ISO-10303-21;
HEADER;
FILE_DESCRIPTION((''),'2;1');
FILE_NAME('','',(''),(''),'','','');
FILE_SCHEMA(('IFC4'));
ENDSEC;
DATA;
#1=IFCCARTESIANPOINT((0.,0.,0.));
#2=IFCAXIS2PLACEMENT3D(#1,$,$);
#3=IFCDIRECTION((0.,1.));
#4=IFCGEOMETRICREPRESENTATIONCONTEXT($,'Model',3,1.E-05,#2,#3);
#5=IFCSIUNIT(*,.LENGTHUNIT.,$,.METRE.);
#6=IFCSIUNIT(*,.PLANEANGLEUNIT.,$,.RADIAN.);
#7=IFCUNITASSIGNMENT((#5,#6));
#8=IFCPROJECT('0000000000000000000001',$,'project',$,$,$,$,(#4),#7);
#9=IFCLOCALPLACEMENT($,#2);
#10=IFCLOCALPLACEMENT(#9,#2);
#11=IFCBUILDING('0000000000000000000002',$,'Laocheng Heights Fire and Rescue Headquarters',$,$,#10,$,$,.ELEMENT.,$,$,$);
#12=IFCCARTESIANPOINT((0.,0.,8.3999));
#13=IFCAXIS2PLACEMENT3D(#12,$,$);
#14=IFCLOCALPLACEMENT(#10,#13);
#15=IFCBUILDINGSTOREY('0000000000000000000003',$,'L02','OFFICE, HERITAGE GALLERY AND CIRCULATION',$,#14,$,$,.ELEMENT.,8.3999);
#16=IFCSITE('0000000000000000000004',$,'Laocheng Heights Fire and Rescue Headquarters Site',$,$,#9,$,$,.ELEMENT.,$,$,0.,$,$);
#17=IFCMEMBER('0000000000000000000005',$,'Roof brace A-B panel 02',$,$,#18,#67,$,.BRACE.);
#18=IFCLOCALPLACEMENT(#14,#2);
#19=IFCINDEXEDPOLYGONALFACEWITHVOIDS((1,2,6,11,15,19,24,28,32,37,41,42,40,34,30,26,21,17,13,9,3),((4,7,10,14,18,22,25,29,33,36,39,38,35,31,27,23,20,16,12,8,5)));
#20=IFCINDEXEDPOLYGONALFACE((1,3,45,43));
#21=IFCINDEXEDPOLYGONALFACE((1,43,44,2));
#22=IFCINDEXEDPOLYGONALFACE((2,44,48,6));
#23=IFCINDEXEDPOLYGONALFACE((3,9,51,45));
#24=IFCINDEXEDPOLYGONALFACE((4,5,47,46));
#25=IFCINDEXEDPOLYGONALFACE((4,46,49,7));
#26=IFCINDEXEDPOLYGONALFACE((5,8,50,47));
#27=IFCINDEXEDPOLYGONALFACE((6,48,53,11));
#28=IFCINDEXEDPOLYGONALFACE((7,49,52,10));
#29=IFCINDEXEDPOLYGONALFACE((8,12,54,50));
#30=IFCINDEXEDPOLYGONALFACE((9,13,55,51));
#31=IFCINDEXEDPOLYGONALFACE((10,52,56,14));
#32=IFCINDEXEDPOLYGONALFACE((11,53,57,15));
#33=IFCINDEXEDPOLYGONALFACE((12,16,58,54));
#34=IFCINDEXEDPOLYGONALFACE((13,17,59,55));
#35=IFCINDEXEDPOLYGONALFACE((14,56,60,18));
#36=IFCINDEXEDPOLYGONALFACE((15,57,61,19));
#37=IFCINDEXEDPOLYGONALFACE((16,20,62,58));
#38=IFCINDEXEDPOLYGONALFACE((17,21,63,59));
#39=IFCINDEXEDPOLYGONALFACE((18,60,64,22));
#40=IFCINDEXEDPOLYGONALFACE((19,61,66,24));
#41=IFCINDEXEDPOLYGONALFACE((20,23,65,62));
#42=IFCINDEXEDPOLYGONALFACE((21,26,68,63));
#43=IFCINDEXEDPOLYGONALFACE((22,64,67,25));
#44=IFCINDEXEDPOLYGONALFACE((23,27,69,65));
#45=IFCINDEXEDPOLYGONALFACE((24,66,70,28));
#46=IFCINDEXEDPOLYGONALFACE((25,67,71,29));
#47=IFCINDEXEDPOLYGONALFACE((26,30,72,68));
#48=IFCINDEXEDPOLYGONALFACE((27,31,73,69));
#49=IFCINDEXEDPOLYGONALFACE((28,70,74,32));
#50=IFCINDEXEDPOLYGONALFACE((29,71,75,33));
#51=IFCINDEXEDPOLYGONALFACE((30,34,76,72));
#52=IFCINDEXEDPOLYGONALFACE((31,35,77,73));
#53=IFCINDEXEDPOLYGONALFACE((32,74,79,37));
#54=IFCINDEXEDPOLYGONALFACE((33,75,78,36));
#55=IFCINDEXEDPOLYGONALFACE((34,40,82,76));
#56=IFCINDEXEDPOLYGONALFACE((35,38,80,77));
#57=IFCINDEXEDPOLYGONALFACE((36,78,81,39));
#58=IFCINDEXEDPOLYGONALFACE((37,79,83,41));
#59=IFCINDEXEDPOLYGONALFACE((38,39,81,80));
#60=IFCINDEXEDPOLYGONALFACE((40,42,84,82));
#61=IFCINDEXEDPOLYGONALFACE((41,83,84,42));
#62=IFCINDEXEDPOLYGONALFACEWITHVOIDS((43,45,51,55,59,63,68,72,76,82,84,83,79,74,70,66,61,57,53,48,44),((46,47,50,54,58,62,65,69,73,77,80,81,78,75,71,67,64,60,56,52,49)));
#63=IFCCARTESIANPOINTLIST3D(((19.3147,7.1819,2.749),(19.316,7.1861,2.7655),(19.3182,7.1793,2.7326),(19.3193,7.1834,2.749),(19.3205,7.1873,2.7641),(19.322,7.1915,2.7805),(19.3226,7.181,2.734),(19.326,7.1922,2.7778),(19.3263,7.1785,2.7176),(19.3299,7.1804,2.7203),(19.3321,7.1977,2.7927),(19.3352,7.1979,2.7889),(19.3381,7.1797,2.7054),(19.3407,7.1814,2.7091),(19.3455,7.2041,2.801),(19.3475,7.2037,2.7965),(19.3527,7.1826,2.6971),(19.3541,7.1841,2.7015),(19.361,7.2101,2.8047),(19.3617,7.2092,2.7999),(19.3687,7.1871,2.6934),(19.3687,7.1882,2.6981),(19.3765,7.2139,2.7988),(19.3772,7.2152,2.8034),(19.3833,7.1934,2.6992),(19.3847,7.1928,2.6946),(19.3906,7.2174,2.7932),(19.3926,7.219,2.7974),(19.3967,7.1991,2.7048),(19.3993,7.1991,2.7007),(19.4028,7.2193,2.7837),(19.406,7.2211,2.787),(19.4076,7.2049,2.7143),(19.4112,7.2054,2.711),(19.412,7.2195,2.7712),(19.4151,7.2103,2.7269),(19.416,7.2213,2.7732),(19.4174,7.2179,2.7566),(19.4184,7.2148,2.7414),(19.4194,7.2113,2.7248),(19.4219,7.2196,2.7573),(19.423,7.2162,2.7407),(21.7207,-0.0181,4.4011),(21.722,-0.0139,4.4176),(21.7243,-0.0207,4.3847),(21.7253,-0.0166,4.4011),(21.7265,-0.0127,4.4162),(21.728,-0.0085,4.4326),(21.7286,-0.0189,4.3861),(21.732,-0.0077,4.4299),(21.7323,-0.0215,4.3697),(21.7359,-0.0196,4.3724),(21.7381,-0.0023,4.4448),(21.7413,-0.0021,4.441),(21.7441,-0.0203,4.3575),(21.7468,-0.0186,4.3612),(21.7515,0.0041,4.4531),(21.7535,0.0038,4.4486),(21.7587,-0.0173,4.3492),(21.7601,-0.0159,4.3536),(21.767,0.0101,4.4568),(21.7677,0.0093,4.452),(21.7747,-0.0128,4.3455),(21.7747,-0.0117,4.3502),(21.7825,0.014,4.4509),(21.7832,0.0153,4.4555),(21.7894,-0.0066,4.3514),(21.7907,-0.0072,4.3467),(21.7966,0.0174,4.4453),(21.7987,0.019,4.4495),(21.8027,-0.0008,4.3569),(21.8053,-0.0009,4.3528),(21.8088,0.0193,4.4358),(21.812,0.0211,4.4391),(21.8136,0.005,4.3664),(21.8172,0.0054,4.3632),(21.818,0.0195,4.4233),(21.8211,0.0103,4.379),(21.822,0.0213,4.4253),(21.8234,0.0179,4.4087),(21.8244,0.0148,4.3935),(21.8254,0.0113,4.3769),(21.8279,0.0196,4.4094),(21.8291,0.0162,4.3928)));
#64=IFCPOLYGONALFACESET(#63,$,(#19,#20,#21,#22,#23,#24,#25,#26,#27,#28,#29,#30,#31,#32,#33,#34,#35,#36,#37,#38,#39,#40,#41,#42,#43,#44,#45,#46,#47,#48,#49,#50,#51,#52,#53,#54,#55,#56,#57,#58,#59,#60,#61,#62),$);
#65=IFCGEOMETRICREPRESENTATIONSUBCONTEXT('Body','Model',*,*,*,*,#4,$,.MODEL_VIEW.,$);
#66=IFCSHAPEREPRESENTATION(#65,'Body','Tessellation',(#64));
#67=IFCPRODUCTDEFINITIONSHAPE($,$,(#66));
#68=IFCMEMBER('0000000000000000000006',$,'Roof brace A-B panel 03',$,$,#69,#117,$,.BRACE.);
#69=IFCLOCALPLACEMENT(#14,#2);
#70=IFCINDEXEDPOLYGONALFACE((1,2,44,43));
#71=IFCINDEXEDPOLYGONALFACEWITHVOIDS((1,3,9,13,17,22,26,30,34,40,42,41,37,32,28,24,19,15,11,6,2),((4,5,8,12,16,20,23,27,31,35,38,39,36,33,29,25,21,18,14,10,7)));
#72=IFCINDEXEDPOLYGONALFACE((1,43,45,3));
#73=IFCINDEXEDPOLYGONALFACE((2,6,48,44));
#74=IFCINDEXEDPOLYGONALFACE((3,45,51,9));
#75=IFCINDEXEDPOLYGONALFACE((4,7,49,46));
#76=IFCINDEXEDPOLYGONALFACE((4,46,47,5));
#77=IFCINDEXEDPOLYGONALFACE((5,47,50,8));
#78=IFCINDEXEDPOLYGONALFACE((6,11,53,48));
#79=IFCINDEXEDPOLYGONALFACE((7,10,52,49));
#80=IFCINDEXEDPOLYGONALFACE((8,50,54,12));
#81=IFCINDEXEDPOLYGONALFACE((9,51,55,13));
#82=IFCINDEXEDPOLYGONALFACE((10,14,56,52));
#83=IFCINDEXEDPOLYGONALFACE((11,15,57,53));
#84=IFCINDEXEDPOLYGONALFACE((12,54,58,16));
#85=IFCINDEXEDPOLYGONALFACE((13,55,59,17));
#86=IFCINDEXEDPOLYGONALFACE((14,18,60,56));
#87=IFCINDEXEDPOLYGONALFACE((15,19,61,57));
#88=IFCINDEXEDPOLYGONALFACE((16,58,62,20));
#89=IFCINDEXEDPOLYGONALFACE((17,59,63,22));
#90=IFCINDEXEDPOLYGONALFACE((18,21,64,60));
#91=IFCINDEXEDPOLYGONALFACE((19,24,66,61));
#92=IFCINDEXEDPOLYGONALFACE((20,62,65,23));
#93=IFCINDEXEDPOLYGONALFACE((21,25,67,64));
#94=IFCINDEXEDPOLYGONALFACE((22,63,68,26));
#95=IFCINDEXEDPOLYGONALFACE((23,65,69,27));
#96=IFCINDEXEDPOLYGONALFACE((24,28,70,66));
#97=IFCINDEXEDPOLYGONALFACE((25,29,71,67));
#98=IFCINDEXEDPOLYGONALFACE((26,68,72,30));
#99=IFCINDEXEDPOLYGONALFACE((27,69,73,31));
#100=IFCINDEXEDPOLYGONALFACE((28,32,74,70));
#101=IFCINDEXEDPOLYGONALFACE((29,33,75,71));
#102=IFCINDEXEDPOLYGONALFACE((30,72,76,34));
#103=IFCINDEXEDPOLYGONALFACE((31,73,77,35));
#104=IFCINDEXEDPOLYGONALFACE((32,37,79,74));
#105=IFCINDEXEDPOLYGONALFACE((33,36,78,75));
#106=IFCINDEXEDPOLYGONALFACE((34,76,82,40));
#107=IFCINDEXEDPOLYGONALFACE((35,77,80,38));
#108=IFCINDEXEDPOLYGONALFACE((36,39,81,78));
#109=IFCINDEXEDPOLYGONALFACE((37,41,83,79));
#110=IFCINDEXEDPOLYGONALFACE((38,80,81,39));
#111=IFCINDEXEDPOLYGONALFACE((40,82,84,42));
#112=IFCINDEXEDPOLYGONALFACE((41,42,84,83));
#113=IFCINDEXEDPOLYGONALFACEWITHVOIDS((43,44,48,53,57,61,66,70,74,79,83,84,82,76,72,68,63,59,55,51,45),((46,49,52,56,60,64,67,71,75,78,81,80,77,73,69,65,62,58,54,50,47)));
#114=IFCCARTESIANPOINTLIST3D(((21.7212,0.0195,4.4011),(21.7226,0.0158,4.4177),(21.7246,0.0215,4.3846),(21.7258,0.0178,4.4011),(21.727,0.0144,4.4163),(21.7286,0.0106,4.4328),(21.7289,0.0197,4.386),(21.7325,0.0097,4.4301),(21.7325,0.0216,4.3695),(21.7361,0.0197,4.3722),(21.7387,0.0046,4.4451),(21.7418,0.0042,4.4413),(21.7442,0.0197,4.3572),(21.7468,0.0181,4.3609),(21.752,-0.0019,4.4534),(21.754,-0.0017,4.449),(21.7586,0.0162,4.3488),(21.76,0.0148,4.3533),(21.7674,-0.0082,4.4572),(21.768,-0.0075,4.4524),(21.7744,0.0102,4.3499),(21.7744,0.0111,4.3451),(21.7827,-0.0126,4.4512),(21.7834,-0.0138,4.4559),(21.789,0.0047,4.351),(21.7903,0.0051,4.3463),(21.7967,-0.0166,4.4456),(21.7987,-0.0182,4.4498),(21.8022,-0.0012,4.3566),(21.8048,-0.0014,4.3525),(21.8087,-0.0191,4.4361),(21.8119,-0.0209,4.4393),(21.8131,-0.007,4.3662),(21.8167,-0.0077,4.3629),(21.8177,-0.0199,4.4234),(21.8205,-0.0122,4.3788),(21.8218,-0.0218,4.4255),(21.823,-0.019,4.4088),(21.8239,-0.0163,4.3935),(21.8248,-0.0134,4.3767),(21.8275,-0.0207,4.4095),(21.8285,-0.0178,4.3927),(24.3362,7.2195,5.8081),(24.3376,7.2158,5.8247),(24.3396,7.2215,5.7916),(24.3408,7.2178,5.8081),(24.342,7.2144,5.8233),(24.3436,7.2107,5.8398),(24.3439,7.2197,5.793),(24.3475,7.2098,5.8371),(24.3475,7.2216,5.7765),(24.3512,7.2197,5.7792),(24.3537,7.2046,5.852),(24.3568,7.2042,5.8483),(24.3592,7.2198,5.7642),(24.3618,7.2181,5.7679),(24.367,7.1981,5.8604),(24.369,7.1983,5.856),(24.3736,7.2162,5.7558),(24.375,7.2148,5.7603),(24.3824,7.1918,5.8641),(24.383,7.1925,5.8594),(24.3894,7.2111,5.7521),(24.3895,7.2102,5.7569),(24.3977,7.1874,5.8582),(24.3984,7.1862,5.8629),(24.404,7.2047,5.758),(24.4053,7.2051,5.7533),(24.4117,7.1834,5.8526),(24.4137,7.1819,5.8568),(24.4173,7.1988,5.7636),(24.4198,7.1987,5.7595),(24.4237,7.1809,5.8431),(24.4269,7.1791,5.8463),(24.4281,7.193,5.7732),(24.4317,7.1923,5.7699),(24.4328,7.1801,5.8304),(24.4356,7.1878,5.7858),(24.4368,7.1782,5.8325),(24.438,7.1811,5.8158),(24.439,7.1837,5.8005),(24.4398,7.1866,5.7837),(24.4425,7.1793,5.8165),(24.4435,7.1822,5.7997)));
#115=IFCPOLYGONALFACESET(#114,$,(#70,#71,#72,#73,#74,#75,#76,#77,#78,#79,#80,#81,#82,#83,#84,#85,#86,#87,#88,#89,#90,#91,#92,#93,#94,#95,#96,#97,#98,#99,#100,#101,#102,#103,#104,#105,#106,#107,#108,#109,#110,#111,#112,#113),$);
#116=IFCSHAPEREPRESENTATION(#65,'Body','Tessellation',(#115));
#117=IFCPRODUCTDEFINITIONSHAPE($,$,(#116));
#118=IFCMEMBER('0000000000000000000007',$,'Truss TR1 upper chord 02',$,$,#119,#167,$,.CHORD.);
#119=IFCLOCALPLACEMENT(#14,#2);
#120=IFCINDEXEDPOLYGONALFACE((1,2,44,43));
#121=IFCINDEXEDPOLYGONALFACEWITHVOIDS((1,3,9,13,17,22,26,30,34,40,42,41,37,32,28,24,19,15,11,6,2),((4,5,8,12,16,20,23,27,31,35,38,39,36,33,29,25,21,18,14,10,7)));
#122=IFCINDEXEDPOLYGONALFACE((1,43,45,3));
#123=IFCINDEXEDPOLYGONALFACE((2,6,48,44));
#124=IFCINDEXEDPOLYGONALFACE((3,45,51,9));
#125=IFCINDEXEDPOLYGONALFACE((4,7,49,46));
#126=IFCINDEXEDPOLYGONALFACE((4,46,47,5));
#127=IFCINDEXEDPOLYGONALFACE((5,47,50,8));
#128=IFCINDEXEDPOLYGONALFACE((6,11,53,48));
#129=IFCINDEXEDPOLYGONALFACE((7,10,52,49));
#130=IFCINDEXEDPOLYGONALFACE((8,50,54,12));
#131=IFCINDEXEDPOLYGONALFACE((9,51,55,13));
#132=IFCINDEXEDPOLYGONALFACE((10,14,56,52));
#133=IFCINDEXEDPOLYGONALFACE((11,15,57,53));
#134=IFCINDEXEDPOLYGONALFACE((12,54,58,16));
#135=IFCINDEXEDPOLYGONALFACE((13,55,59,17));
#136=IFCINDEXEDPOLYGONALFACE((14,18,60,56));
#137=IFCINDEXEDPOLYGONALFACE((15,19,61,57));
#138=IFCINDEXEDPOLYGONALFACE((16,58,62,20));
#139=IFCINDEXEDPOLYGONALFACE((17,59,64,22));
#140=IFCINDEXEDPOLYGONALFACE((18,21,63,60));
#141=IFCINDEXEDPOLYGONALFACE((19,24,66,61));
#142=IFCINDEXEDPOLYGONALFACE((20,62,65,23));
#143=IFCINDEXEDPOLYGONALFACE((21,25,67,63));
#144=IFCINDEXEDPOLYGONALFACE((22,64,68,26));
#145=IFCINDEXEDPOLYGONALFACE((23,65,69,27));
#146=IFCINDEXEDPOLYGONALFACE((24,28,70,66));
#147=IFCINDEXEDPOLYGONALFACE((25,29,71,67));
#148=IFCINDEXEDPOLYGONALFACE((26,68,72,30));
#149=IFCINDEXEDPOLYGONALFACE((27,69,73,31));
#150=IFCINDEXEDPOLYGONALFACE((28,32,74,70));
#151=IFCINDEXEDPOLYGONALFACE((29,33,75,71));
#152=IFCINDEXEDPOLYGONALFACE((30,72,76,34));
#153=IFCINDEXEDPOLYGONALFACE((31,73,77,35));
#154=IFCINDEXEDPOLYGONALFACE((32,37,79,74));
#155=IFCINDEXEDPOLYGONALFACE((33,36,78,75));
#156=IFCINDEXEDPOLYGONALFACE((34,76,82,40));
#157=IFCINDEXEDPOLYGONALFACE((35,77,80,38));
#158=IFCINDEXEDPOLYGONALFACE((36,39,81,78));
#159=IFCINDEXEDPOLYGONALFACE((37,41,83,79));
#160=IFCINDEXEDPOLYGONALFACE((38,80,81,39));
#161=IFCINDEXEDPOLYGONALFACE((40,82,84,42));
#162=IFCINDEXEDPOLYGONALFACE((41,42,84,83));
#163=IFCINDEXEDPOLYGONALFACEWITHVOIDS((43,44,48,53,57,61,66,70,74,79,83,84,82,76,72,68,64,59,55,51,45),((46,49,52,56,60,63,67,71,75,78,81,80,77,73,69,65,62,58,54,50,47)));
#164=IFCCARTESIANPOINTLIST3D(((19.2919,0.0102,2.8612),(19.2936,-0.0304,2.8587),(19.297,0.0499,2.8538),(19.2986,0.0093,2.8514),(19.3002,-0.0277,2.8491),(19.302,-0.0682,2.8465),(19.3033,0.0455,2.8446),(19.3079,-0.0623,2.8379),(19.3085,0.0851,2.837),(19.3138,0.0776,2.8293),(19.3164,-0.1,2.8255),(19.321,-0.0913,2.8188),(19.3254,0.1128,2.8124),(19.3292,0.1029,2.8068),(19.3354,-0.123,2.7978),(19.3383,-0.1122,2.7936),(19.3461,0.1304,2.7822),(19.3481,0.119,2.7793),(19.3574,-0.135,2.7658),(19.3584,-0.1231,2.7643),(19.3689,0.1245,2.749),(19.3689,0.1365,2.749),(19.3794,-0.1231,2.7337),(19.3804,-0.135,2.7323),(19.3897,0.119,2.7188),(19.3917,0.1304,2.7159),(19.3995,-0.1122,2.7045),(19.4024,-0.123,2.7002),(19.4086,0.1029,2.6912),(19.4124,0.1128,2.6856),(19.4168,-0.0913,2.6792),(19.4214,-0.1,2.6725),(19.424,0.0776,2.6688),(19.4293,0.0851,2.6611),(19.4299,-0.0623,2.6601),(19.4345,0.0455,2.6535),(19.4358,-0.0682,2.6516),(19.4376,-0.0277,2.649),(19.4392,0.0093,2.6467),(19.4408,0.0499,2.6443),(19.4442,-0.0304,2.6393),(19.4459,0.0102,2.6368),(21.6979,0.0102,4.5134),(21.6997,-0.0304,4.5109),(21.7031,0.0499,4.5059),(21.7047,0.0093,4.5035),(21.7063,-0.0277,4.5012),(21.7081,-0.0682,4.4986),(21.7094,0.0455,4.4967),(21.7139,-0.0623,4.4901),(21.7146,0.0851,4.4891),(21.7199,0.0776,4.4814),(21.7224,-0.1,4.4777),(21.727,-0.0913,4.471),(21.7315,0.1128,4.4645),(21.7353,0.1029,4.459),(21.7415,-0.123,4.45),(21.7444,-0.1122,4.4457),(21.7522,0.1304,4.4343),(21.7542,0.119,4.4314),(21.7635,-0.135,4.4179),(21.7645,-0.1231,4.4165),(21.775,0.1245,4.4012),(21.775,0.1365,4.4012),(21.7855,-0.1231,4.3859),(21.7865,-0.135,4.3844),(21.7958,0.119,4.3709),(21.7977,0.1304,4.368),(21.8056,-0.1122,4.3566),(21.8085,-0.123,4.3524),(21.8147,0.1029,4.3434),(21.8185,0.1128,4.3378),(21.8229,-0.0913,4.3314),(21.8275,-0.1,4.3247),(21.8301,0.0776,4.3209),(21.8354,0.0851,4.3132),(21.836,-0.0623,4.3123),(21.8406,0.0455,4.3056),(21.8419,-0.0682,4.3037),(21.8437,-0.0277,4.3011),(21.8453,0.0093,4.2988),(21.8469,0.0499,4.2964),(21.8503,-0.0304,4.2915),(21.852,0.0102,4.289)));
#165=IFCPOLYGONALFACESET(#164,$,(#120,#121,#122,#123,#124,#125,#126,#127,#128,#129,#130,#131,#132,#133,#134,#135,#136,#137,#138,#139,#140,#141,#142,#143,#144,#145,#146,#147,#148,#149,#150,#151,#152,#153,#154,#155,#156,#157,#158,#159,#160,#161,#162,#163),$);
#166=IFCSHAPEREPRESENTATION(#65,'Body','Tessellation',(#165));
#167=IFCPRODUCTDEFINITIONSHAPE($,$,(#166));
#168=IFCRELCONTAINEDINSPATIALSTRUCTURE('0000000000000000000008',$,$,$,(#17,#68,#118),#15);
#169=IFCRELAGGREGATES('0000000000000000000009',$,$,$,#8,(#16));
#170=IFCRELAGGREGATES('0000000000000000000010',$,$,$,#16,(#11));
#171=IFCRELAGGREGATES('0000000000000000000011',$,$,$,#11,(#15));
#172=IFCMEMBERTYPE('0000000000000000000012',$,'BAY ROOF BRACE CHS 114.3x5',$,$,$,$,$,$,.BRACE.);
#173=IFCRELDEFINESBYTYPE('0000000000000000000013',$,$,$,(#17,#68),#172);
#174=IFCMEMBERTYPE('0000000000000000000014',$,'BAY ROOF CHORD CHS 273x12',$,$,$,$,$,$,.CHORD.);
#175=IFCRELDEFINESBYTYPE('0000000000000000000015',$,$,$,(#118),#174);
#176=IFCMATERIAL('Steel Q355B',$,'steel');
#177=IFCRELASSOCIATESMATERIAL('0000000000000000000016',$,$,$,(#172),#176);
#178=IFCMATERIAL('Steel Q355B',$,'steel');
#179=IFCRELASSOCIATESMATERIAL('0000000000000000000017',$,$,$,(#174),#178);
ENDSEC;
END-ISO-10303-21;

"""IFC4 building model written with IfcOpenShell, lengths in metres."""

from ifc_helpers import new_model, si_unit, direction, frame, origin, origin_2d, place, context, subcontext, project, spatial, hollow_circle, extrude, material, material_profile, profile_set, type_object, element, save


model = new_model("IFC4")

# Units and contexts
model_context = context("Model", 3, precision=1e-05, world=origin(), true_north=direction((0.0, 1.0)))
body_context = subcontext(model_context, "Body", "Model", "MODEL_VIEW")
ifc_project = project(units=[si_unit("LENGTHUNIT", "METRE"), si_unit("PLANEANGLEUNIT", "RADIAN")], contexts=[model_context])

# Site, building, storey
site_placement = place(None, origin())
site = spatial("IfcSite", under=ifc_project, at=site_placement, Name="Laocheng Heights Fire and Rescue Headquarters Site", CompositionType="ELEMENT", RefElevation=0.0)
building_placement = place(site_placement, origin())
building = spatial("IfcBuilding", under=site, at=building_placement, Name="Laocheng Heights Fire and Rescue Headquarters", CompositionType="ELEMENT")
storey_placement = place(building_placement, frame((0.0, 0.0, 8.3999)))
storey = spatial("IfcBuildingStorey", under=building, at=storey_placement, Name="L02", Description="OFFICE, HERITAGE GALLERY AND CIRCULATION", CompositionType="ELEMENT", Elevation=8.3999)

# Members
ifc_material_1 = material(Name="Steel Q355B", Category="steel")
ifc_material_profile_1 = material_profile(ifc_material_1, hollow_circle(Radius=0.0571, WallThickness=0.0049, at=origin_2d()), Name="CHS 114.3x5")
ifc_profile_set_1 = profile_set([ifc_material_profile_1], Name="Steel Q355B")
member_type_1 = type_object("IfcMemberType", Name="BAY ROOF BRACE CHS 114.3x5", PredefinedType="BRACE", material=ifc_profile_set_1)
member_1_placement = place(storey_placement, frame((21.7749, 0.0, 4.4011), z_axis=(-0.309693, 0.926752, -0.212652), x_axis=(-0.948445, -0.316942, 0.0)))
element("IfcMember", 1, at=member_1_placement, inside=storey, type_object=member_type_1, Name="Roof brace A-B panel 02", PredefinedType="BRACE", context=body_context, shape_type="SweptSolid", body=[
    extrude(hollow_circle(Radius=0.0571, WallThickness=0.0049, at=origin_2d()), origin(), (0.0, 0.0, 1.0), 7.769),
])
member_2_placement = place(storey_placement, frame((21.7749, 0.0, 4.4011), z_axis=(0.33576, 0.924462, 0.180654), x_axis=(-0.939926, 0.341377, 0.0)))
element("IfcMember", 2, at=member_2_placement, inside=storey, type_object=member_type_1, Name="Roof brace A-B panel 03", PredefinedType="BRACE", context=body_context, shape_type="SweptSolid", body=[
    extrude(hollow_circle(Radius=0.0571, WallThickness=0.0049, at=origin_2d()), origin(), (0.0, 0.0, 1.0), 7.7883),
])
ifc_material_2 = material(Name="Steel Q355B", Category="steel")
ifc_material_profile_2 = material_profile(ifc_material_2, hollow_circle(Radius=0.1365, WallThickness=0.012, at=origin_2d()), Name="CHS 273x12")
ifc_profile_set_2 = profile_set([ifc_material_profile_2], Name="Steel Q355B")
member_type_2 = type_object("IfcMemberType", Name="BAY ROOF CHORD CHS 273x12", PredefinedType="CHORD", material=ifc_profile_set_2)
member_3_placement = place(storey_placement, frame((19.3689, 0.0, 2.749), z_axis=(0.824366, 0.0, 0.566057), x_axis=(0.0, 1.0, 0.0)))
element("IfcMember", 3, at=member_3_placement, inside=storey, type_object=member_type_2, Name="Truss TR1 upper chord 02", PredefinedType="CHORD", context=body_context, shape_type="SweptSolid", body=[
    extrude(hollow_circle(Radius=0.1365, WallThickness=0.012, at=origin_2d()), origin(), (0.0, 0.0, 1.0), 2.9187),
])

save(model, "model.ifc")
